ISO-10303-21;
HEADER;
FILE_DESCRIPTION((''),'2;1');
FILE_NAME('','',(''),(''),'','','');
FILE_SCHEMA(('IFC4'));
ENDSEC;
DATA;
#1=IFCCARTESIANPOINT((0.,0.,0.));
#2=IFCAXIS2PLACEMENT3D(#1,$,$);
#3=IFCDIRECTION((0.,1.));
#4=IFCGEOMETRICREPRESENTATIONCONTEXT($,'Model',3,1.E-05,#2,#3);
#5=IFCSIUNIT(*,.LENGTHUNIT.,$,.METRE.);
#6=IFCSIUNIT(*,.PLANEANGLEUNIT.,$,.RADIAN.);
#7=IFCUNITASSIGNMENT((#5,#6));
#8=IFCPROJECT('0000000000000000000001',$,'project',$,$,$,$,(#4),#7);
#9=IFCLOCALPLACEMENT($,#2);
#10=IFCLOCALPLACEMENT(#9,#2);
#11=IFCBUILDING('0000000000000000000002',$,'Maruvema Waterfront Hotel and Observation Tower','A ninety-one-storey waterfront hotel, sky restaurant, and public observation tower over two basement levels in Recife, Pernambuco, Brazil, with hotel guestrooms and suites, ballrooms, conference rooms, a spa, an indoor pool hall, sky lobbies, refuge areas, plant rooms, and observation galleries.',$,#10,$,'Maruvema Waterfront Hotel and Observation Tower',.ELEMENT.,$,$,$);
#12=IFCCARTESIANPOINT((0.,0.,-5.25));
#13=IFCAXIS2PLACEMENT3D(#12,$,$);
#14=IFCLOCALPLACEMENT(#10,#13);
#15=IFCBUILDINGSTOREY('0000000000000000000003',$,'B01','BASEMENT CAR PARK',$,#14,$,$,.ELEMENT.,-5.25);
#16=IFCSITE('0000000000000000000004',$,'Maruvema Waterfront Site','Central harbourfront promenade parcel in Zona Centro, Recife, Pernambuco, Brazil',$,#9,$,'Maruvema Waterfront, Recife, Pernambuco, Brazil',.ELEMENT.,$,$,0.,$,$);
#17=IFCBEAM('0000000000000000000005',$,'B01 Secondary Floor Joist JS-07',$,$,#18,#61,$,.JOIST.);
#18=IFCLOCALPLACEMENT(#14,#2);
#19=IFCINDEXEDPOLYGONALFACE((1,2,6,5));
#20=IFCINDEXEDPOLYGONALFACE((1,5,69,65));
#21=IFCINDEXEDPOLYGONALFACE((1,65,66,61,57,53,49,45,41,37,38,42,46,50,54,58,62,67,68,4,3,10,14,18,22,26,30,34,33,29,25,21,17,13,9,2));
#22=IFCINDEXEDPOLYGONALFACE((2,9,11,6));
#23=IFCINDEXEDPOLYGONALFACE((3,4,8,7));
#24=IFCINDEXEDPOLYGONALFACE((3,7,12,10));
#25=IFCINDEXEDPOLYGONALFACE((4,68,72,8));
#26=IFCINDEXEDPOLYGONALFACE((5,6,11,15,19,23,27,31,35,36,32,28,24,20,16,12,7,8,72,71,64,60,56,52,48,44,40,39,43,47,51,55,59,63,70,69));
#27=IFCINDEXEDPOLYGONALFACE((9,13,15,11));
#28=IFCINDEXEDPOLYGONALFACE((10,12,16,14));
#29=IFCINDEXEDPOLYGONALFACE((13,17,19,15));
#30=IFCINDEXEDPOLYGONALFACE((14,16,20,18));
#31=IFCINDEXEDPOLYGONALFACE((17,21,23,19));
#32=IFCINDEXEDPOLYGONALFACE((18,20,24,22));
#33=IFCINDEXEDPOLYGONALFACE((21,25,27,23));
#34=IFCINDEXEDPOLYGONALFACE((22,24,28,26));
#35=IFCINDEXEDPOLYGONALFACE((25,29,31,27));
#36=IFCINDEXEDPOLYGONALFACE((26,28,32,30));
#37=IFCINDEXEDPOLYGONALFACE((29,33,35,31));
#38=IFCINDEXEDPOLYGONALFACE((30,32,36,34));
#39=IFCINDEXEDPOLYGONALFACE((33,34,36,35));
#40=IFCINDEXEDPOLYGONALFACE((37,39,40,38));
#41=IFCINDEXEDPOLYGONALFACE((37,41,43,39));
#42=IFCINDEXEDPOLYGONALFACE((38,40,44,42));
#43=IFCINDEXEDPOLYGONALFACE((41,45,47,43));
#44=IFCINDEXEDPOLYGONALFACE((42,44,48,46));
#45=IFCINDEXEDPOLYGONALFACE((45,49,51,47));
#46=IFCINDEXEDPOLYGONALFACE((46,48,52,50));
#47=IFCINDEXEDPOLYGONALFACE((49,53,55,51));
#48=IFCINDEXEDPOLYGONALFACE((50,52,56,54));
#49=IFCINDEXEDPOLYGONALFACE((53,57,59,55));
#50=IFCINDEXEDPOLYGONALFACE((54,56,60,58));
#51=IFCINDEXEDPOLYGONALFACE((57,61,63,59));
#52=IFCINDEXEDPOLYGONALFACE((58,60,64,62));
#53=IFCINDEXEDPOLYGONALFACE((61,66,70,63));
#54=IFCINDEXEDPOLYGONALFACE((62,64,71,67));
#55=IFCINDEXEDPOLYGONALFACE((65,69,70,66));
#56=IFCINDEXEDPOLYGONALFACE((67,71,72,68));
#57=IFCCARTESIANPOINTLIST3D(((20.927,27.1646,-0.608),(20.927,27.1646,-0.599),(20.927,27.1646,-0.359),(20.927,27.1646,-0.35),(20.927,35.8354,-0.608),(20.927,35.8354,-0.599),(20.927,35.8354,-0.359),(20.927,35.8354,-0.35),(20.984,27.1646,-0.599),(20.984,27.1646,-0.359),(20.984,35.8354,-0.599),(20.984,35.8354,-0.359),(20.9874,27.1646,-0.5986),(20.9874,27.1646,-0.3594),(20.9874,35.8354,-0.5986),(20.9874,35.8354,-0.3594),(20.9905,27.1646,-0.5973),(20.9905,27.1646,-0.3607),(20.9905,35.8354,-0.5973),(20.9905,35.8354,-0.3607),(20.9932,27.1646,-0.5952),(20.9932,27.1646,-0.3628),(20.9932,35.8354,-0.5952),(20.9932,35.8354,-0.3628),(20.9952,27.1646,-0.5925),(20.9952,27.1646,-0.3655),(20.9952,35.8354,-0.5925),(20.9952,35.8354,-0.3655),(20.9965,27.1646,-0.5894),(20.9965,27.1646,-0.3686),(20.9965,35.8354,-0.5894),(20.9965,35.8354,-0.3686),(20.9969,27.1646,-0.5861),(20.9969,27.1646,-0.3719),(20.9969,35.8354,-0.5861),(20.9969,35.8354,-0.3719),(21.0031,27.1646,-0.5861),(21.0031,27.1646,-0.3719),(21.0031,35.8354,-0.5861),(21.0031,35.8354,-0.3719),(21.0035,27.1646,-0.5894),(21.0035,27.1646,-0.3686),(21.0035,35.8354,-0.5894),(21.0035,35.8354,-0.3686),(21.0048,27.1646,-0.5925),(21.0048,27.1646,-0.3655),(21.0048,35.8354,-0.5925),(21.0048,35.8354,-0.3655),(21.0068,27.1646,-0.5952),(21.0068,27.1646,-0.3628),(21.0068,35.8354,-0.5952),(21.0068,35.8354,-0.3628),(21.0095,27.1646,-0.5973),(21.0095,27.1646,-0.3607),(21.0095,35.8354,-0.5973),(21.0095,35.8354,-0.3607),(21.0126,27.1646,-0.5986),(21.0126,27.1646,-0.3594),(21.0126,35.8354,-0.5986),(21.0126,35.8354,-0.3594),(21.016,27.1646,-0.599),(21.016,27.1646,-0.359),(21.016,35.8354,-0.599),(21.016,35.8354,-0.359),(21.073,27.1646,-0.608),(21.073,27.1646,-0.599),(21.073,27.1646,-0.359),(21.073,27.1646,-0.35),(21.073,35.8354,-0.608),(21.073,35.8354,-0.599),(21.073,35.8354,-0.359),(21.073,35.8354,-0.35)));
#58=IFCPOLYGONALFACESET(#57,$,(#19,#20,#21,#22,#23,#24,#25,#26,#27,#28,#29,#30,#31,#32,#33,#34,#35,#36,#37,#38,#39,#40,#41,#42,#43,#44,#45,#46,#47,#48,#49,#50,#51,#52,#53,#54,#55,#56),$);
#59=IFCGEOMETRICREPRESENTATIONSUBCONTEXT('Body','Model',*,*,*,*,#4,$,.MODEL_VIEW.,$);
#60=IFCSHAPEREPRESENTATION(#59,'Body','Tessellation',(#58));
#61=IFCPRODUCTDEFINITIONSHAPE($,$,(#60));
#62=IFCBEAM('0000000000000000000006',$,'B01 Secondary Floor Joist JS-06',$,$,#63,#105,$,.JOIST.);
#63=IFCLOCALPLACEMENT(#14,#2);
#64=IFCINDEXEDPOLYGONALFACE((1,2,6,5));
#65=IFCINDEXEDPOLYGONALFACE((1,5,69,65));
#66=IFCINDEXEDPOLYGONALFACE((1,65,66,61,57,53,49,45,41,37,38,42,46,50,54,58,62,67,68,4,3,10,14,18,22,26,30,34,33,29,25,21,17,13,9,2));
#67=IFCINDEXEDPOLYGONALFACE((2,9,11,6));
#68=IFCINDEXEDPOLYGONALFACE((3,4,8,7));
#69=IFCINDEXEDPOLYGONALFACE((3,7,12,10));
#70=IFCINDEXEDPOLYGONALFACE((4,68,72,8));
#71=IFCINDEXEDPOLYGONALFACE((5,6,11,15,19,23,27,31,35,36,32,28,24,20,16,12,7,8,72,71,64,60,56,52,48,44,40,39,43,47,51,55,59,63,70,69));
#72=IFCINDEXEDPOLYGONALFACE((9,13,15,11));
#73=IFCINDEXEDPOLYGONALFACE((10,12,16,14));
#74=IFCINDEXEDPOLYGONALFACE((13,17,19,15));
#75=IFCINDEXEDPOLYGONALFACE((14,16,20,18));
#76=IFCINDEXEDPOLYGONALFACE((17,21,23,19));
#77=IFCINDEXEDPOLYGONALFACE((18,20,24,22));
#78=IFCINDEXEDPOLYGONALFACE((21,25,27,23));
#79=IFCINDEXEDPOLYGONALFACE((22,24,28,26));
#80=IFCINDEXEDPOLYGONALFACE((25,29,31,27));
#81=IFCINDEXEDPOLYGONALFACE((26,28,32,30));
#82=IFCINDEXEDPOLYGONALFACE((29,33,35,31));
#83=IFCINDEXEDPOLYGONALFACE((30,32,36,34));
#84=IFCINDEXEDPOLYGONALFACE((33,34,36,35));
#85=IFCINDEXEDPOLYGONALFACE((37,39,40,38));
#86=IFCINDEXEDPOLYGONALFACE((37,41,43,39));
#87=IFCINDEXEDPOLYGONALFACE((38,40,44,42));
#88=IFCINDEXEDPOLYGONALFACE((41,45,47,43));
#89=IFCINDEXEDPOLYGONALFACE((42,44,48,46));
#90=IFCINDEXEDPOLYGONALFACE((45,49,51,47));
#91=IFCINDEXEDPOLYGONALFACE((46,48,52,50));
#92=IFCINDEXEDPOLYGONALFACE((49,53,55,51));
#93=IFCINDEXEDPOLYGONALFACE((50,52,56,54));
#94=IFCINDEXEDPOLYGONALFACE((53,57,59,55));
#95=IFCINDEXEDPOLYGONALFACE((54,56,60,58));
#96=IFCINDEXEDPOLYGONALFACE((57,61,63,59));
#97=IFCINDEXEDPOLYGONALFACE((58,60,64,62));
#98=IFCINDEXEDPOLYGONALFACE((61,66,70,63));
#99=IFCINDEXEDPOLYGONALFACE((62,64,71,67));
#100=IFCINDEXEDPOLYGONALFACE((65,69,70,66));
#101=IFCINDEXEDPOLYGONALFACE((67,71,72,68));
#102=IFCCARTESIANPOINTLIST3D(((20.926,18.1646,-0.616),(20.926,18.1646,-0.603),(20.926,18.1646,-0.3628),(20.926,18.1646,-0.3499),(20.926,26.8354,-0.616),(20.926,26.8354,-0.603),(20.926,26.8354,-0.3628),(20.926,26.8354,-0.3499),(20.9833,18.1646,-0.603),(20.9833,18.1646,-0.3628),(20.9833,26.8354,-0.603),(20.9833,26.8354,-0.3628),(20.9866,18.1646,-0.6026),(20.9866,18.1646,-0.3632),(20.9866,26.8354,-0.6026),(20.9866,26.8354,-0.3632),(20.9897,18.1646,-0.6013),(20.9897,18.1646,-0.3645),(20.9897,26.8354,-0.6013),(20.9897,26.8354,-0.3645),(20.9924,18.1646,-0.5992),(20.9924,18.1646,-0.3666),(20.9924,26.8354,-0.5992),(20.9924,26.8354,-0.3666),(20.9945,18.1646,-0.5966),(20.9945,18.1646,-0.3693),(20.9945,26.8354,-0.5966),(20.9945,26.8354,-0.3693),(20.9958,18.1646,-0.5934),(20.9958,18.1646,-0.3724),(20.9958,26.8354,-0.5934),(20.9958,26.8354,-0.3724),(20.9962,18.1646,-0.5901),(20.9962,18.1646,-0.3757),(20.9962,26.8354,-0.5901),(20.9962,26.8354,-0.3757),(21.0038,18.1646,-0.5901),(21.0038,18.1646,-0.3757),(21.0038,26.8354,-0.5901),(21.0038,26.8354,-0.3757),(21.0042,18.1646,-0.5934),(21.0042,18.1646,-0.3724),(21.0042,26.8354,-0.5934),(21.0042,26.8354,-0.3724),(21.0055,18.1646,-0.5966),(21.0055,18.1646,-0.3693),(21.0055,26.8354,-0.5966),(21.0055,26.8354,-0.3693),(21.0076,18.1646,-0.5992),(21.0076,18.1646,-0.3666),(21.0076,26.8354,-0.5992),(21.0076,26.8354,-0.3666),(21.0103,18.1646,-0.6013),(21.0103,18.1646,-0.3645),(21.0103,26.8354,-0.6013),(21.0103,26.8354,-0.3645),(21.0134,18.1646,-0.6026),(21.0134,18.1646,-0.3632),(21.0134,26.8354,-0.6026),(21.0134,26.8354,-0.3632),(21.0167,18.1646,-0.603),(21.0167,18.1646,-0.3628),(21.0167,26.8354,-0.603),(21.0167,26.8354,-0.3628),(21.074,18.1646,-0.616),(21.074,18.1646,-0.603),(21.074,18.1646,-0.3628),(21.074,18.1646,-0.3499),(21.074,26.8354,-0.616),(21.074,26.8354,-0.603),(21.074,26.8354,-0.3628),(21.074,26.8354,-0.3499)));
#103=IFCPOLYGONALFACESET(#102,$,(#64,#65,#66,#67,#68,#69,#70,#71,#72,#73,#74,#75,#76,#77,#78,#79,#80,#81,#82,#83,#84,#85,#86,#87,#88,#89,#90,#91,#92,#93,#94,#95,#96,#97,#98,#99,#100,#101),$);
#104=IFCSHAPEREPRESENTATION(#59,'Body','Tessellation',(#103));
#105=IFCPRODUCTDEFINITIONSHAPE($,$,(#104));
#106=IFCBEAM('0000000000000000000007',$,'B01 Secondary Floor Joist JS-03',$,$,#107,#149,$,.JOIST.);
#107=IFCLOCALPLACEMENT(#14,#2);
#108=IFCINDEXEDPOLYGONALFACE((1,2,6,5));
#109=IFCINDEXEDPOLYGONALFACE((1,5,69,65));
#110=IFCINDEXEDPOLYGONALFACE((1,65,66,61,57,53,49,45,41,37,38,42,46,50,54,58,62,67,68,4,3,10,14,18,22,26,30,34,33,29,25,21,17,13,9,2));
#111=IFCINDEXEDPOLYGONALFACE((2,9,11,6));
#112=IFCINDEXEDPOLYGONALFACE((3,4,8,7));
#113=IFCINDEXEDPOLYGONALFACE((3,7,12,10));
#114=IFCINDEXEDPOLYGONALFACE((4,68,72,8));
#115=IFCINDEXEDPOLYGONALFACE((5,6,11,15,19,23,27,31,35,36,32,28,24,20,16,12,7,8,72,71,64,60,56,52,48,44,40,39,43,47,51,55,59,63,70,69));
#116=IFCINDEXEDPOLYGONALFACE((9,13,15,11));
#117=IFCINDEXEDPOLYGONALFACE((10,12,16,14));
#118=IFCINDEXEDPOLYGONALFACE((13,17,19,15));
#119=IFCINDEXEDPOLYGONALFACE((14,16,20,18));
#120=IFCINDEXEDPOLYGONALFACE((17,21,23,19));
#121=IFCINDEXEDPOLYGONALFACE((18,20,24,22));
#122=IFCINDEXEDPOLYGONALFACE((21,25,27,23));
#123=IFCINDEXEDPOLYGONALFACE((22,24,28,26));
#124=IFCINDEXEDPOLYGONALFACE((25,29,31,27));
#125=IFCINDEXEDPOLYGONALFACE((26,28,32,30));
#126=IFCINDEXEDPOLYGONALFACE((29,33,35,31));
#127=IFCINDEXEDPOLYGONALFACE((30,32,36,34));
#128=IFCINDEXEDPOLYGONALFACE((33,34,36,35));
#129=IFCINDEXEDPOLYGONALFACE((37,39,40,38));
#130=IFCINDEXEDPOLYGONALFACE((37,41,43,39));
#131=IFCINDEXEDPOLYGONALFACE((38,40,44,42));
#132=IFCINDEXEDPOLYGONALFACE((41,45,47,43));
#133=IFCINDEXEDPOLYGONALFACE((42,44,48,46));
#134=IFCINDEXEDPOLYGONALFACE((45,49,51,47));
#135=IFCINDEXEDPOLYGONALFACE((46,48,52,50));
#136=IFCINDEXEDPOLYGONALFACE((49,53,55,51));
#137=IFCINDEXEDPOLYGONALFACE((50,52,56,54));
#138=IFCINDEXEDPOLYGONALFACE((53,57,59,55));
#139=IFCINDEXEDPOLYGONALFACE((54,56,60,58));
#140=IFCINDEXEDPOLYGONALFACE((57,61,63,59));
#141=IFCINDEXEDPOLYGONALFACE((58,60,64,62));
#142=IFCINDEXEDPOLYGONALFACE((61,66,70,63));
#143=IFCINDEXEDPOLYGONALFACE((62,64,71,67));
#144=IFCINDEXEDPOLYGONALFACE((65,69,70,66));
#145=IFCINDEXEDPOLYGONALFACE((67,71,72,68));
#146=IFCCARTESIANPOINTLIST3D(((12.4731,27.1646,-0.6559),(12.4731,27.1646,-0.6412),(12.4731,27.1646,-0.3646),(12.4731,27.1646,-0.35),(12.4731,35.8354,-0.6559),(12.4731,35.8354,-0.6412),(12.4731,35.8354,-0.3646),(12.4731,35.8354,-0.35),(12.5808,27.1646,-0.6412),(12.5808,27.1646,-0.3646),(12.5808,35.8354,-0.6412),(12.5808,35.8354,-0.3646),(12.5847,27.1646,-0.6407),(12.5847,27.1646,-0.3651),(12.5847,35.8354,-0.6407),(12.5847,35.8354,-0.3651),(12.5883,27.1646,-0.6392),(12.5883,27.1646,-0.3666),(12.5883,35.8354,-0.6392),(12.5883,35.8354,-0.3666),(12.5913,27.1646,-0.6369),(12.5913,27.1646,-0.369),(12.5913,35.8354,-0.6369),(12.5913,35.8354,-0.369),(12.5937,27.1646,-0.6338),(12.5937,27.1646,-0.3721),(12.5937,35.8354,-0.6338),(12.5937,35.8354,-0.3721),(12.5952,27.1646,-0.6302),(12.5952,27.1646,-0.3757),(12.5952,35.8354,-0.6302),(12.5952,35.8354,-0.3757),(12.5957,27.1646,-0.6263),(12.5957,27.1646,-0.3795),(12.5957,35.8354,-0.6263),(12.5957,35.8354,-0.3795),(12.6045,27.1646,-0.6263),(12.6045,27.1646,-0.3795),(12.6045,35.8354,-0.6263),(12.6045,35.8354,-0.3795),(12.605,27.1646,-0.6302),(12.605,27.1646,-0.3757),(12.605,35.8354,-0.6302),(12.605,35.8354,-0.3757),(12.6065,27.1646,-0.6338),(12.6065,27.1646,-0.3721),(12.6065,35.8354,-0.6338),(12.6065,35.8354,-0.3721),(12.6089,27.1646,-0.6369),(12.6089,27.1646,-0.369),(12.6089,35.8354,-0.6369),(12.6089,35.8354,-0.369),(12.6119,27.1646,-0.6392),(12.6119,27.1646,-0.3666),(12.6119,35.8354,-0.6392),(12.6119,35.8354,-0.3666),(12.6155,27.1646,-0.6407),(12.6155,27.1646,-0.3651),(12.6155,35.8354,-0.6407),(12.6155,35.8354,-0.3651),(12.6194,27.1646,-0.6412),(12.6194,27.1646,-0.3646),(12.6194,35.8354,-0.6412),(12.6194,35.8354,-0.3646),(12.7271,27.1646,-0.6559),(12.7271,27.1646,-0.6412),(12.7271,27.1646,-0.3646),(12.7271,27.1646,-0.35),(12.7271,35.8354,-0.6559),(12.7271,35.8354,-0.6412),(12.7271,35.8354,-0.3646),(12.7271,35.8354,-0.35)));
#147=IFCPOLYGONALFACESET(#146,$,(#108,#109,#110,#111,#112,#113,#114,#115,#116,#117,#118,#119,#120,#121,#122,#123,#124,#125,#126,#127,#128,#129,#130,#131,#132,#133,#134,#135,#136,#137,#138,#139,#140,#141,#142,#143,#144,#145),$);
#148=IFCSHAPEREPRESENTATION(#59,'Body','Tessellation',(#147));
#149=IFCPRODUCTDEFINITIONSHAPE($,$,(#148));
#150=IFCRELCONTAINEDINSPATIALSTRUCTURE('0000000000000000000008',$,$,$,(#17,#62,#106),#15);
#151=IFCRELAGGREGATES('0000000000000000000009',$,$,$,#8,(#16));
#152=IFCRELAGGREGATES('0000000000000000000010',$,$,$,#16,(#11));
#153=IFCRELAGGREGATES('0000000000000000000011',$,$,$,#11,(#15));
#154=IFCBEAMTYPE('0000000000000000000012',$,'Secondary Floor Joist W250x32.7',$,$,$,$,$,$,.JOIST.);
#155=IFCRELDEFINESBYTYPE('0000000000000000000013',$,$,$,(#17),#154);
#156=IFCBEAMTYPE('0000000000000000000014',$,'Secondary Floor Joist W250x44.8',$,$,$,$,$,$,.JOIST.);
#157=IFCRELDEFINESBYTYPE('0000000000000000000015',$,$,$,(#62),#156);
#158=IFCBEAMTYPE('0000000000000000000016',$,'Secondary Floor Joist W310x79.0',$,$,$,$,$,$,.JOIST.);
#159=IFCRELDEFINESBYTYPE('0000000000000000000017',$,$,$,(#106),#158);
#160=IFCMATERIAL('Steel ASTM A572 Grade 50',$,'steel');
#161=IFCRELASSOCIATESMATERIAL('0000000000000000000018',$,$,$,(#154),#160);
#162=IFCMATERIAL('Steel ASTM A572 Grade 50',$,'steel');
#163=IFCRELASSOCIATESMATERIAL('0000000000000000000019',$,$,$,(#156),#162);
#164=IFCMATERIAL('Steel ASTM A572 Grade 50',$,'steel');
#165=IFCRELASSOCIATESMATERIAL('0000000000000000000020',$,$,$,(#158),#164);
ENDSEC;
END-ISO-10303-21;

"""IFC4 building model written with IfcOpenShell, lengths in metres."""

from ifc_helpers import new_model, si_unit, direction, frame, origin, origin_2d, place, context, subcontext, project, spatial, i_section, extrude, material, material_profile, profile_set, type_object, element, save


model = new_model("IFC4")

# Units and contexts
model_context = context("Model", 3, precision=1e-05, world=origin(), true_north=direction((0.0, 1.0)))
body_context = subcontext(model_context, "Body", "Model", "MODEL_VIEW")
ifc_project = project(units=[si_unit("LENGTHUNIT", "METRE"), si_unit("PLANEANGLEUNIT", "RADIAN")], contexts=[model_context])

# Site, building, storey
site_placement = place(None, origin())
site = spatial("IfcSite", under=ifc_project, at=site_placement, Name="Maruvema Waterfront Site", Description="Central harbourfront promenade parcel in Zona Centro, Recife, Pernambuco, Brazil", LongName="Maruvema Waterfront, Recife, Pernambuco, Brazil", CompositionType="ELEMENT", RefElevation=0.0)
building_placement = place(site_placement, origin())
building = spatial("IfcBuilding", under=site, at=building_placement, Name="Maruvema Waterfront Hotel and Observation Tower", Description="A ninety-one-storey waterfront hotel, sky restaurant, and public observation tower over two basement levels in Recife, Pernambuco, Brazil, with hotel guestrooms and suites, ballrooms, conference rooms, a spa, an indoor pool hall, sky lobbies, refuge areas, plant rooms, and observation galleries.", LongName="Maruvema Waterfront Hotel and Observation Tower", CompositionType="ELEMENT")
storey_placement = place(building_placement, frame((0.0, 0.0, -5.25)))
storey = spatial("IfcBuildingStorey", under=building, at=storey_placement, Name="B01", Description="BASEMENT CAR PARK", CompositionType="ELEMENT", Elevation=-5.25)

# Beams
ifc_material_1 = material(Name="Steel ASTM A572 Grade 50", Category="steel")
ifc_material_profile_1 = material_profile(ifc_material_1, i_section(OverallWidth=0.146, OverallDepth=0.2581, WebThickness=0.0061, FlangeThickness=0.009, FilletRadius=0.0129, at=origin_2d()), Name="W250x32.7")
ifc_profile_set_1 = profile_set([ifc_material_profile_1], Name="Steel ASTM A572 Grade 50")
beam_type_1 = type_object("IfcBeamType", Name="Secondary Floor Joist W250x32.7", PredefinedType="JOIST", material=ifc_profile_set_1)
beam_1_placement = place(storey_placement, frame((21.0, 27.1646, -0.479), z_axis=(0.0, 1.0, 0.0), x_axis=(-1.0, 0.0, 0.0)))
element("IfcBeam", 1, at=beam_1_placement, inside=storey, type_object=beam_type_1, Name="B01 Secondary Floor Joist JS-07", PredefinedType="JOIST", context=body_context, shape_type="SweptSolid", body=[
    extrude(i_section(OverallWidth=0.146, OverallDepth=0.2581, WebThickness=0.0061, FlangeThickness=0.009, FilletRadius=0.0129, at=origin_2d()), origin(), (0.0, 0.0, 1.0), 8.6709),
])
ifc_material_2 = material(Name="Steel ASTM A572 Grade 50", Category="steel")
ifc_material_profile_2 = material_profile(ifc_material_2, i_section(OverallWidth=0.1479, OverallDepth=0.2661, WebThickness=0.0076, FlangeThickness=0.0129, FilletRadius=0.0129, at=origin_2d()), Name="W250x44.8")
ifc_profile_set_2 = profile_set([ifc_material_profile_2], Name="Steel ASTM A572 Grade 50")
beam_type_2 = type_object("IfcBeamType", Name="Secondary Floor Joist W250x44.8", PredefinedType="JOIST", material=ifc_profile_set_2)
beam_2_placement = place(storey_placement, frame((21.0, 18.1646, -0.4829), z_axis=(0.0, 1.0, 0.0), x_axis=(-1.0, 0.0, 0.0)))
element("IfcBeam", 2, at=beam_2_placement, inside=storey, type_object=beam_type_2, Name="B01 Secondary Floor Joist JS-06", PredefinedType="JOIST", context=body_context, shape_type="SweptSolid", body=[
    extrude(i_section(OverallWidth=0.1479, OverallDepth=0.2661, WebThickness=0.0076, FlangeThickness=0.0129, FilletRadius=0.0129, at=origin_2d()), origin(), (0.0, 0.0, 1.0), 8.6709),
])
ifc_material_3 = material(Name="Steel ASTM A572 Grade 50", Category="steel")
ifc_material_profile_3 = material_profile(ifc_material_3, i_section(OverallWidth=0.2539, OverallDepth=0.3059, WebThickness=0.0088, FlangeThickness=0.0146, FilletRadius=0.0149, at=origin_2d()), Name="W310x79.0")
ifc_profile_set_3 = profile_set([ifc_material_profile_3], Name="Steel ASTM A572 Grade 50")
beam_type_3 = type_object("IfcBeamType", Name="Secondary Floor Joist W310x79.0", PredefinedType="JOIST", material=ifc_profile_set_3)
beam_3_placement = place(storey_placement, frame((12.6001, 27.1646, -0.5029), z_axis=(0.0, 1.0, 0.0), x_axis=(-1.0, 0.0, 0.0)))
element("IfcBeam", 3, at=beam_3_placement, inside=storey, type_object=beam_type_3, Name="B01 Secondary Floor Joist JS-03", PredefinedType="JOIST", context=body_context, shape_type="SweptSolid", body=[
    extrude(i_section(OverallWidth=0.2539, OverallDepth=0.3059, WebThickness=0.0088, FlangeThickness=0.0146, FilletRadius=0.0149, at=origin_2d()), origin(), (0.0, 0.0, 1.0), 8.6709),
])

save(model, "model.ifc")
